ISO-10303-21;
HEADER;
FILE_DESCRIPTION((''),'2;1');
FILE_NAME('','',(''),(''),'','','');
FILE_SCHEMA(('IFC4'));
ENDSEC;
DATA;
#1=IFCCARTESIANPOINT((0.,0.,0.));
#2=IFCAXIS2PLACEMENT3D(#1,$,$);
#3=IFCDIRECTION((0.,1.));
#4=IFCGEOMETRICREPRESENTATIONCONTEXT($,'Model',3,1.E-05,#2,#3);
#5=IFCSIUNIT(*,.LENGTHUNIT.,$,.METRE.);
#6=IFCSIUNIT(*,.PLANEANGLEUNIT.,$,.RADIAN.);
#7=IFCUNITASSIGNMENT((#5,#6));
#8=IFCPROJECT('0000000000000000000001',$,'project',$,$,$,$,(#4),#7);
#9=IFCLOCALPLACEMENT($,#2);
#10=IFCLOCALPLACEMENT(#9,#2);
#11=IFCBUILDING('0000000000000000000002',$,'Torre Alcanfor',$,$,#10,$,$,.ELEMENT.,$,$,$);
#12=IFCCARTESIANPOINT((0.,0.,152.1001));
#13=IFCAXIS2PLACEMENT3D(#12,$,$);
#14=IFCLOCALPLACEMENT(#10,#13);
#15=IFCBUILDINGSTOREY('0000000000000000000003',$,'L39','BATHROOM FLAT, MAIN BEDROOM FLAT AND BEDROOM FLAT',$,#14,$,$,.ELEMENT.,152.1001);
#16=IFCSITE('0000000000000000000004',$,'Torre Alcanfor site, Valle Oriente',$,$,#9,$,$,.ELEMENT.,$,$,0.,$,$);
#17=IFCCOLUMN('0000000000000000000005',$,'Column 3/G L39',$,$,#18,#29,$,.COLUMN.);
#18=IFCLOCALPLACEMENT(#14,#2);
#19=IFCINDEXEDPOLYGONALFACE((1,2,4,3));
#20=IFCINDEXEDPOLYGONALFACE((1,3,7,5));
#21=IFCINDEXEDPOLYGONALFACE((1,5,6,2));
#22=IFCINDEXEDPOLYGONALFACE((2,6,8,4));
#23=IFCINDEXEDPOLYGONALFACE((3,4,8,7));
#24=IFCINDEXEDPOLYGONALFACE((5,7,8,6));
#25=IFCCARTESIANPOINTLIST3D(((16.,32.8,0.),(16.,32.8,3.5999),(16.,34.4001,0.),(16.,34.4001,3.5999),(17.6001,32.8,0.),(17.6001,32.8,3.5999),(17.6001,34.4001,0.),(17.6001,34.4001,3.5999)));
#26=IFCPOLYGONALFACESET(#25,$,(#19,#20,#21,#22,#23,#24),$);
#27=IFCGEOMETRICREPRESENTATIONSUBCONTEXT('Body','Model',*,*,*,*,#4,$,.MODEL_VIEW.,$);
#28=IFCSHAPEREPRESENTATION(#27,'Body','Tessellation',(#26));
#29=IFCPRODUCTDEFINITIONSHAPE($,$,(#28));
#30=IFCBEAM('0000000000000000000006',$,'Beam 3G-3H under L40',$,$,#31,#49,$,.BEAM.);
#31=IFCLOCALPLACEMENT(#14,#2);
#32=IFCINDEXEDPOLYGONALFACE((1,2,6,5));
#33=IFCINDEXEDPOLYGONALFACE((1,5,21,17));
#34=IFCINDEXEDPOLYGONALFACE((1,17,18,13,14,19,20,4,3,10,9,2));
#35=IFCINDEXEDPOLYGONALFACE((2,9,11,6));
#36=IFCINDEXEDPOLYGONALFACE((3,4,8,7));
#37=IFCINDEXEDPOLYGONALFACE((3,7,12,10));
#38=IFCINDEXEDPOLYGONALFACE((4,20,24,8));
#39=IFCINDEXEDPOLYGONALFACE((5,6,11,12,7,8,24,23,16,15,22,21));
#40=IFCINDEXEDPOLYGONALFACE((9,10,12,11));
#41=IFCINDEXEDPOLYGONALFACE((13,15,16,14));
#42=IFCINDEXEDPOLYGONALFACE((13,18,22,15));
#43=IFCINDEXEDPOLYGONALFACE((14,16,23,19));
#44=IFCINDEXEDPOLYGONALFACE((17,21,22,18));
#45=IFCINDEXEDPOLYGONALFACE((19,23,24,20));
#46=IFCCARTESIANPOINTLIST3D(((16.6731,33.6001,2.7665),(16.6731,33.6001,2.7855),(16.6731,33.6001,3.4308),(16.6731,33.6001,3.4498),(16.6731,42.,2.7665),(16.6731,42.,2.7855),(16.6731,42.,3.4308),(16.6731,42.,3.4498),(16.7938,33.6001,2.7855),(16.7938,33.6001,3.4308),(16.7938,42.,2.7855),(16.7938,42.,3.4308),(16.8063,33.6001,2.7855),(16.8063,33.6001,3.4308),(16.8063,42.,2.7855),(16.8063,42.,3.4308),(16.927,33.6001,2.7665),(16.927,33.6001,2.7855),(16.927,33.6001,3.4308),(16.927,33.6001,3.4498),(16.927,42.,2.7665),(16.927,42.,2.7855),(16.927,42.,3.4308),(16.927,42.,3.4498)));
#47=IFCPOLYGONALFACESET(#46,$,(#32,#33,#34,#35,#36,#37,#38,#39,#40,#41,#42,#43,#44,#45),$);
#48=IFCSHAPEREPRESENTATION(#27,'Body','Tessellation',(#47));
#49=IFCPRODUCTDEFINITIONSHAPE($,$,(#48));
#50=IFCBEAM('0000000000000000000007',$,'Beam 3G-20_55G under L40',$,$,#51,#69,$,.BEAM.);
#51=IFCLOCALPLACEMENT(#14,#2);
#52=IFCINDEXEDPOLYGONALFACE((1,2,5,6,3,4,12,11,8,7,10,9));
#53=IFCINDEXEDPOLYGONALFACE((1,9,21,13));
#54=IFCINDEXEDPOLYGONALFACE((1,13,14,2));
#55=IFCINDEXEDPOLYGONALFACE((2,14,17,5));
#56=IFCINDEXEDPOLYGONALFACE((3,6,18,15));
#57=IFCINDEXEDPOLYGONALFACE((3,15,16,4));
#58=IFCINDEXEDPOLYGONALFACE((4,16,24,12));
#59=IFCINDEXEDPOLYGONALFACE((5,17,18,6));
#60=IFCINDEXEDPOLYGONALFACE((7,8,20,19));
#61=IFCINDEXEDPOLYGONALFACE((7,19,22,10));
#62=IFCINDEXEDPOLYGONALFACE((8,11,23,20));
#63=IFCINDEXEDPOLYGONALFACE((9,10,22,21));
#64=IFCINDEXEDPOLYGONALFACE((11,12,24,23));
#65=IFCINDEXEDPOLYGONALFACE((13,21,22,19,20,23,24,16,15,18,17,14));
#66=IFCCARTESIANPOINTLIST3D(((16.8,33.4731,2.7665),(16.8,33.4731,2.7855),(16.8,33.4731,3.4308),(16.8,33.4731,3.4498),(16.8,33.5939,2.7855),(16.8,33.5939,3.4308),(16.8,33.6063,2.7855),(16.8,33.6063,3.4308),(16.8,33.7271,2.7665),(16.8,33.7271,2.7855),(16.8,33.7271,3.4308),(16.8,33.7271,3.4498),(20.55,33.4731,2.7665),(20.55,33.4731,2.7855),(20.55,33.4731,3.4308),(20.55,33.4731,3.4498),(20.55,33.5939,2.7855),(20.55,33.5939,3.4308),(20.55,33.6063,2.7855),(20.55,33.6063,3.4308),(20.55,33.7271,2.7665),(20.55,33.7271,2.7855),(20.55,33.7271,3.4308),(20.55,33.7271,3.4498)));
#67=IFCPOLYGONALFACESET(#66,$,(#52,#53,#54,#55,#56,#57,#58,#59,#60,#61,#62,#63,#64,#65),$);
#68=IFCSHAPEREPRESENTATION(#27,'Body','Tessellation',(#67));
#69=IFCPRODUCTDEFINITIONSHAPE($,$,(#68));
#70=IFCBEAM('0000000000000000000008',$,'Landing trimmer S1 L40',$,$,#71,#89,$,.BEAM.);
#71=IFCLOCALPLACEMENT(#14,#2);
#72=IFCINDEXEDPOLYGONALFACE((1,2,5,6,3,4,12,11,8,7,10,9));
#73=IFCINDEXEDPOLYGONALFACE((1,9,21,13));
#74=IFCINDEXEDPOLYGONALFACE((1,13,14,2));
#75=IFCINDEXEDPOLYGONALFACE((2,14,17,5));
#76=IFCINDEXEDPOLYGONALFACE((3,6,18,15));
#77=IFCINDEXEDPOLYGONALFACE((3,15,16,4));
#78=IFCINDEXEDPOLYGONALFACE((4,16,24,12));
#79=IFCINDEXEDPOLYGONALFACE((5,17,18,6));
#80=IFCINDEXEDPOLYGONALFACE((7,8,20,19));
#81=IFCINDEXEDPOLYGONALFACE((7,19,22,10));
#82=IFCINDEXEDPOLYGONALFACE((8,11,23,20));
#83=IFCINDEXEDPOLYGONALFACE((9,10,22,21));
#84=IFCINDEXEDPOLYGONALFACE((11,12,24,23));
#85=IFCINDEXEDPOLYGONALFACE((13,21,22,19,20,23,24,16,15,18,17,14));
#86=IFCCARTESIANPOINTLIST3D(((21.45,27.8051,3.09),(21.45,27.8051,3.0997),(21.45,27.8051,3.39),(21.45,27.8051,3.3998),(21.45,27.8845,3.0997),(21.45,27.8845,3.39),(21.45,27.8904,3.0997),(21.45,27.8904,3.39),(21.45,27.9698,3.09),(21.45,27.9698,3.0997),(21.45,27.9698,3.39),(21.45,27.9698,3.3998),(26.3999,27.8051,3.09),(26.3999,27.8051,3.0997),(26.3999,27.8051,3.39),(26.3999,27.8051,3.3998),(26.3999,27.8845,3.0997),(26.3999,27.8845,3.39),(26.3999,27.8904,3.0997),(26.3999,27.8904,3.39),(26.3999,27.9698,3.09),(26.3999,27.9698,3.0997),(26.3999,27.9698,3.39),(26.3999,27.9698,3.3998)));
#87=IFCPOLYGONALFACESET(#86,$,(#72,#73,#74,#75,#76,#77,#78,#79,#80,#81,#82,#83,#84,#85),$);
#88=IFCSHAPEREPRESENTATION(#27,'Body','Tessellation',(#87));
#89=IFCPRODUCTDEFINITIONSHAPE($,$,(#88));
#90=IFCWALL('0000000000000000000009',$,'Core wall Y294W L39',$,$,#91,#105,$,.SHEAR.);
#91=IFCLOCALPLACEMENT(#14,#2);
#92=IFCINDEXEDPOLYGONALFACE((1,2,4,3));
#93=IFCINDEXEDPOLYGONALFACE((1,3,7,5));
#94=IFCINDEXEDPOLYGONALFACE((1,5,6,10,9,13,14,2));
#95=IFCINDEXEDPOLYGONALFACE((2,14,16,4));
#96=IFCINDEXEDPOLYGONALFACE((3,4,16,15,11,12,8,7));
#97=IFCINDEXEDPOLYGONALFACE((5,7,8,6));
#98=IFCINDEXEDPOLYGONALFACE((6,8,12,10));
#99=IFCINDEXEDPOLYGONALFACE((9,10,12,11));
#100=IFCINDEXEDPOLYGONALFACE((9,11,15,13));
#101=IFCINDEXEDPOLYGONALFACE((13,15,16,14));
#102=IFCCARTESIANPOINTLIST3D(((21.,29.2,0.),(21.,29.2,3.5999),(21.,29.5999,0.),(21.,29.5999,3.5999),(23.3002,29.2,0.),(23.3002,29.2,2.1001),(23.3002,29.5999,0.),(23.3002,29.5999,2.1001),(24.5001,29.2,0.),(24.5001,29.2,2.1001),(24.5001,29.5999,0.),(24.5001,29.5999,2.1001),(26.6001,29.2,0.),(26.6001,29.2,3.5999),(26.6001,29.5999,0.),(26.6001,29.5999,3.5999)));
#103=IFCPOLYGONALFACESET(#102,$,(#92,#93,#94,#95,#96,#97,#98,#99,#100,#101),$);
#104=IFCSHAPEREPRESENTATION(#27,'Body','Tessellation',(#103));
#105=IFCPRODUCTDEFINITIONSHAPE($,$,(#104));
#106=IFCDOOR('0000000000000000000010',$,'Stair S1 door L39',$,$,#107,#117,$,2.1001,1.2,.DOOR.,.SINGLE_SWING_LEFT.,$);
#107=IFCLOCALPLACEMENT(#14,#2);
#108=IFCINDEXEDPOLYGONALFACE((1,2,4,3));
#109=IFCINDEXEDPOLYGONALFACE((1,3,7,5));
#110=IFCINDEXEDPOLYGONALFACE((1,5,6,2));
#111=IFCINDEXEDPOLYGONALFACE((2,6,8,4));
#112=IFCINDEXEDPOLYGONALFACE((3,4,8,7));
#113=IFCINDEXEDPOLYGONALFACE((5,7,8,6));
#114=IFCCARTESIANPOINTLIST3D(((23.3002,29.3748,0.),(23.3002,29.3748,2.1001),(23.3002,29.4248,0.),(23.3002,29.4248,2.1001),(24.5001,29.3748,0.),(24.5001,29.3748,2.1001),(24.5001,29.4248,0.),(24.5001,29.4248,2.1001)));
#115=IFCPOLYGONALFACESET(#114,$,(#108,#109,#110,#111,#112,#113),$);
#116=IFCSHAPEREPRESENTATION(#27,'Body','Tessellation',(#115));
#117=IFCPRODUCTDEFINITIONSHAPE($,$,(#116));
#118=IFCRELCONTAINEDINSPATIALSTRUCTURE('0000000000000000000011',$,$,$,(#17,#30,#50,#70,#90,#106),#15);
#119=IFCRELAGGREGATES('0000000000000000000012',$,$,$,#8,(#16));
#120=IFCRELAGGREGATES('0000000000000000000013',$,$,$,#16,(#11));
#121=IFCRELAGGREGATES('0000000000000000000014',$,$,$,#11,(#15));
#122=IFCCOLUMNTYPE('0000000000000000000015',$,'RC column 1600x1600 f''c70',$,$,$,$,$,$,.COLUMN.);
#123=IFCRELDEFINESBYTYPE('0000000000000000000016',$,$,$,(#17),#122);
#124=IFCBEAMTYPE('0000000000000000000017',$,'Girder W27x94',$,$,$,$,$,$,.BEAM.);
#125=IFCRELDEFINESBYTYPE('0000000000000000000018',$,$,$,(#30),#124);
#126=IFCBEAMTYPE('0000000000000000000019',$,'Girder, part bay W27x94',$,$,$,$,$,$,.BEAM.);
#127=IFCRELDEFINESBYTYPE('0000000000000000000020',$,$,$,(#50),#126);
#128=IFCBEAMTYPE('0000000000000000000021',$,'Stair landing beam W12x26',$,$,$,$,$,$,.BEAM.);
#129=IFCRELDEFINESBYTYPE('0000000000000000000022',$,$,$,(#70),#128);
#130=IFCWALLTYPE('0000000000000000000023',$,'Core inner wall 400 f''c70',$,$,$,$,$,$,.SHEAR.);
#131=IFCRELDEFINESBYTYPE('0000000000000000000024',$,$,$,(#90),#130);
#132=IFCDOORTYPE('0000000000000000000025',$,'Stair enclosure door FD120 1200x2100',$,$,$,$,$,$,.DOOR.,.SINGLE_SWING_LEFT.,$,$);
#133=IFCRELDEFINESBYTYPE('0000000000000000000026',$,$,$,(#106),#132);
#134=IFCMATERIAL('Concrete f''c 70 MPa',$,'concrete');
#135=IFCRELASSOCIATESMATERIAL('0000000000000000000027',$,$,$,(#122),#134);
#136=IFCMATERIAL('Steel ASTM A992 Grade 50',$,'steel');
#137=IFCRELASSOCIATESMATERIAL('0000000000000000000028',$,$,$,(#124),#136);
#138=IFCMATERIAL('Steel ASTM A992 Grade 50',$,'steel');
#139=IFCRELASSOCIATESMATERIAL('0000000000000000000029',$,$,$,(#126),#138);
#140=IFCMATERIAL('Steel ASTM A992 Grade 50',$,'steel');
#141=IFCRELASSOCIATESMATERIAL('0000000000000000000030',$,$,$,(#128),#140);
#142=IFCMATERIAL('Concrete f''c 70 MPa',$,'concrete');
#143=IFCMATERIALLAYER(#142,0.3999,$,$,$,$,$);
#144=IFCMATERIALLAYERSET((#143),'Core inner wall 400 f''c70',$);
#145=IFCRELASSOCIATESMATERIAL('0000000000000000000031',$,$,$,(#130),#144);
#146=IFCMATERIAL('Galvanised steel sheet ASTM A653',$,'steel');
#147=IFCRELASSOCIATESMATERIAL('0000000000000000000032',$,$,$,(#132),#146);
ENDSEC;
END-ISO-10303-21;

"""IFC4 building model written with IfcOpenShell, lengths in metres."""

from ifc_helpers import new_model, si_unit, direction, frame, frame_2d, origin, origin_2d, place, context, subcontext, project, spatial, rectangle, i_section, extrude, material, layer, layer_set, material_profile, profile_set, type_object, element, fill, save


model = new_model("IFC4")

# Units and contexts
model_context = context("Model", 3, precision=1e-05, world=origin(), true_north=direction((0.0, 1.0)))
body_context = subcontext(model_context, "Body", "Model", "MODEL_VIEW")
ifc_project = project(units=[si_unit("LENGTHUNIT", "METRE"), si_unit("PLANEANGLEUNIT", "RADIAN")], contexts=[model_context])

# Site, building, storey
site_placement = place(None, origin())
site = spatial("IfcSite", under=ifc_project, at=site_placement, Name="Torre Alcanfor site, Valle Oriente", CompositionType="ELEMENT", RefElevation=0.0)
building_placement = place(site_placement, origin())
building = spatial("IfcBuilding", under=site, at=building_placement, Name="Torre Alcanfor", CompositionType="ELEMENT")
storey_placement = place(building_placement, frame((0.0, 0.0, 152.1001)))
storey = spatial("IfcBuildingStorey", under=building, at=storey_placement, Name="L39", Description="BATHROOM FLAT, MAIN BEDROOM FLAT AND BEDROOM FLAT", CompositionType="ELEMENT", Elevation=152.1001)

# Column
ifc_material_1 = material(Name="Concrete f'c 70 MPa", Category="concrete")
ifc_material_profile_1 = material_profile(ifc_material_1, rectangle(XDim=1.6001, YDim=1.6001, at=origin_2d()), Name="1600x1600")
ifc_profile_set_1 = profile_set([ifc_material_profile_1], Name="Concrete f'c 70 MPa")
column_type = type_object("IfcColumnType", Name="RC column 1600x1600 f'c70", PredefinedType="COLUMN", material=ifc_profile_set_1)
column_placement = place(storey_placement, frame((16.8, 33.6001, 0.0), z_axis=(0.0, 0.0, 1.0), x_axis=(1.0, 0.0, 0.0)))
element("IfcColumn", 1, at=column_placement, inside=storey, type_object=column_type, Name="Column 3/G L39", PredefinedType="COLUMN", context=body_context, shape_type="SweptSolid", body=[
    extrude(rectangle(XDim=1.6001, YDim=1.6001, at=origin_2d()), origin(), (0.0, 0.0, 1.0), 3.5999),
])

# Beams
ifc_material_2 = material(Name="Steel ASTM A992 Grade 50", Category="steel")
ifc_material_profile_2 = material_profile(ifc_material_2, i_section(OverallWidth=0.2539, OverallDepth=0.6833, WebThickness=0.0125, FlangeThickness=0.019, at=origin_2d()), Name="W27x94")
ifc_profile_set_2 = profile_set([ifc_material_profile_2], Name="Steel ASTM A992 Grade 50")
beam_type_1 = type_object("IfcBeamType", Name="Girder W27x94", PredefinedType="BEAM", material=ifc_profile_set_2)
beam_1_placement = place(storey_placement, frame((16.8, 33.6001, 3.1082), z_axis=(0.0, 1.0, 0.0), x_axis=(-1.0, 0.0, 0.0)))
element("IfcBeam", 2, at=beam_1_placement, inside=storey, type_object=beam_type_1, Name="Beam 3G-3H under L40", PredefinedType="BEAM", context=body_context, shape_type="SweptSolid", body=[
    extrude(i_section(OverallWidth=0.2539, OverallDepth=0.6833, WebThickness=0.0125, FlangeThickness=0.019, at=origin_2d()), origin(), (0.0, 0.0, 1.0), 8.3999),
])
ifc_material_3 = material(Name="Steel ASTM A992 Grade 50", Category="steel")
ifc_material_profile_3 = material_profile(ifc_material_3, i_section(OverallWidth=0.2539, OverallDepth=0.6833, WebThickness=0.0125, FlangeThickness=0.019, at=origin_2d()), Name="W27x94")
ifc_profile_set_3 = profile_set([ifc_material_profile_3], Name="Steel ASTM A992 Grade 50")
beam_type_2 = type_object("IfcBeamType", Name="Girder, part bay W27x94", PredefinedType="BEAM", material=ifc_profile_set_3)
beam_2_placement = place(storey_placement, frame((16.8, 33.6001, 3.1082), z_axis=(1.0, 0.0, 0.0), x_axis=(0.0, 1.0, 0.0)))
element("IfcBeam", 3, at=beam_2_placement, inside=storey, type_object=beam_type_2, Name="Beam 3G-20_55G under L40", PredefinedType="BEAM", context=body_context, shape_type="SweptSolid", body=[
    extrude(i_section(OverallWidth=0.2539, OverallDepth=0.6833, WebThickness=0.0125, FlangeThickness=0.019, at=origin_2d()), origin(), (0.0, 0.0, 1.0), 3.75),
])
ifc_material_4 = material(Name="Steel ASTM A992 Grade 50", Category="steel")
ifc_material_profile_4 = material_profile(ifc_material_4, i_section(OverallWidth=0.1648, OverallDepth=0.3098, WebThickness=0.0059, FlangeThickness=0.0098, at=origin_2d()), Name="W12x26")
ifc_profile_set_4 = profile_set([ifc_material_profile_4], Name="Steel ASTM A992 Grade 50")
beam_type_3 = type_object("IfcBeamType", Name="Stair landing beam W12x26", PredefinedType="BEAM", material=ifc_profile_set_4)
beam_3_placement = place(storey_placement, frame((21.45, 27.8875, 3.2449), z_axis=(1.0, 0.0, 0.0), x_axis=(0.0, 1.0, 0.0)))
element("IfcBeam", 4, at=beam_3_placement, inside=storey, type_object=beam_type_3, Name="Landing trimmer S1 L40", PredefinedType="BEAM", context=body_context, shape_type="SweptSolid", body=[
    extrude(i_section(OverallWidth=0.1648, OverallDepth=0.3098, WebThickness=0.0059, FlangeThickness=0.0098, at=origin_2d()), origin(), (0.0, 0.0, 1.0), 4.95),
])

# Wall, opening, door
ifc_material_5 = material(Name="Concrete f'c 70 MPa", Category="concrete")
ifc_layer_1 = layer(ifc_material_5, 0.3999)
ifc_layer_set_1 = layer_set([ifc_layer_1], Name="Core inner wall 400 f'c70")
wall_type_1 = type_object("IfcWallType", Name="Core inner wall 400 f'c70", PredefinedType="SHEAR", material=ifc_layer_set_1)
wall_1_placement = place(storey_placement, frame((21.0, 29.3999, 0.0), z_axis=(0.0, 0.0, 1.0), x_axis=(1.0, 0.0, 0.0)))
wall_1 = element("IfcWall", 5, at=wall_1_placement, inside=storey, type_object=wall_type_1, Name="Core wall Y294W L39", PredefinedType="SHEAR", context=body_context, shape_type="SweptSolid", body=[
    extrude(rectangle(XDim=5.6001, YDim=0.3999, at=frame_2d((2.8, 0.0))), origin(), (0.0, 0.0, 1.0), 3.5999),
])
opening_1_placement = place(wall_1_placement, frame((2.3, 0.0, 0.0)))
opening_1 = element("IfcOpeningElement", 6, at=opening_1_placement, cuts=wall_1, PredefinedType="OPENING", context=body_context, shape_type="SweptSolid", body=[
    extrude(rectangle(XDim=1.2, YDim=2.1001, at=frame_2d((0.6001, 1.05))), frame((0.0, 0.21, 0.0), z_axis=(0.0, -1.0, 0.0), x_axis=(1.0, 0.0, 0.0)), (0.0, 0.0, 1.0), 0.4199),
])
ifc_material_6 = material(Name="Galvanised steel sheet ASTM A653", Category="steel")
door_type_1 = type_object("IfcDoorType", Name="Stair enclosure door FD120 1200x2100", OperationType="SINGLE_SWING_LEFT", PredefinedType="DOOR", material=ifc_material_6)
door_1_placement = place(opening_1_placement, frame((1.2, 0.0, 0.0), z_axis=(0.0, 0.0, 1.0), x_axis=(-1.0, 0.0, 0.0)))
door_1 = element("IfcDoor", 7, at=door_1_placement, inside=storey, type_object=door_type_1, Name="Stair S1 door L39", OperationType="SINGLE_SWING_LEFT", OverallHeight=2.1001, OverallWidth=1.2, PredefinedType="DOOR", context=body_context, shape_type="SweptSolid", body=[
    extrude(rectangle(XDim=1.2, YDim=2.1001, at=frame_2d((0.5999, 1.05))), frame((0.0, 0.0251, 0.0), z_axis=(0.0, -1.0, 0.0), x_axis=(1.0, 0.0, 0.0)), (0.0, 0.0, 1.0), 0.05),
])
fill(opening_1, door_1)

save(model, "model.ifc")
